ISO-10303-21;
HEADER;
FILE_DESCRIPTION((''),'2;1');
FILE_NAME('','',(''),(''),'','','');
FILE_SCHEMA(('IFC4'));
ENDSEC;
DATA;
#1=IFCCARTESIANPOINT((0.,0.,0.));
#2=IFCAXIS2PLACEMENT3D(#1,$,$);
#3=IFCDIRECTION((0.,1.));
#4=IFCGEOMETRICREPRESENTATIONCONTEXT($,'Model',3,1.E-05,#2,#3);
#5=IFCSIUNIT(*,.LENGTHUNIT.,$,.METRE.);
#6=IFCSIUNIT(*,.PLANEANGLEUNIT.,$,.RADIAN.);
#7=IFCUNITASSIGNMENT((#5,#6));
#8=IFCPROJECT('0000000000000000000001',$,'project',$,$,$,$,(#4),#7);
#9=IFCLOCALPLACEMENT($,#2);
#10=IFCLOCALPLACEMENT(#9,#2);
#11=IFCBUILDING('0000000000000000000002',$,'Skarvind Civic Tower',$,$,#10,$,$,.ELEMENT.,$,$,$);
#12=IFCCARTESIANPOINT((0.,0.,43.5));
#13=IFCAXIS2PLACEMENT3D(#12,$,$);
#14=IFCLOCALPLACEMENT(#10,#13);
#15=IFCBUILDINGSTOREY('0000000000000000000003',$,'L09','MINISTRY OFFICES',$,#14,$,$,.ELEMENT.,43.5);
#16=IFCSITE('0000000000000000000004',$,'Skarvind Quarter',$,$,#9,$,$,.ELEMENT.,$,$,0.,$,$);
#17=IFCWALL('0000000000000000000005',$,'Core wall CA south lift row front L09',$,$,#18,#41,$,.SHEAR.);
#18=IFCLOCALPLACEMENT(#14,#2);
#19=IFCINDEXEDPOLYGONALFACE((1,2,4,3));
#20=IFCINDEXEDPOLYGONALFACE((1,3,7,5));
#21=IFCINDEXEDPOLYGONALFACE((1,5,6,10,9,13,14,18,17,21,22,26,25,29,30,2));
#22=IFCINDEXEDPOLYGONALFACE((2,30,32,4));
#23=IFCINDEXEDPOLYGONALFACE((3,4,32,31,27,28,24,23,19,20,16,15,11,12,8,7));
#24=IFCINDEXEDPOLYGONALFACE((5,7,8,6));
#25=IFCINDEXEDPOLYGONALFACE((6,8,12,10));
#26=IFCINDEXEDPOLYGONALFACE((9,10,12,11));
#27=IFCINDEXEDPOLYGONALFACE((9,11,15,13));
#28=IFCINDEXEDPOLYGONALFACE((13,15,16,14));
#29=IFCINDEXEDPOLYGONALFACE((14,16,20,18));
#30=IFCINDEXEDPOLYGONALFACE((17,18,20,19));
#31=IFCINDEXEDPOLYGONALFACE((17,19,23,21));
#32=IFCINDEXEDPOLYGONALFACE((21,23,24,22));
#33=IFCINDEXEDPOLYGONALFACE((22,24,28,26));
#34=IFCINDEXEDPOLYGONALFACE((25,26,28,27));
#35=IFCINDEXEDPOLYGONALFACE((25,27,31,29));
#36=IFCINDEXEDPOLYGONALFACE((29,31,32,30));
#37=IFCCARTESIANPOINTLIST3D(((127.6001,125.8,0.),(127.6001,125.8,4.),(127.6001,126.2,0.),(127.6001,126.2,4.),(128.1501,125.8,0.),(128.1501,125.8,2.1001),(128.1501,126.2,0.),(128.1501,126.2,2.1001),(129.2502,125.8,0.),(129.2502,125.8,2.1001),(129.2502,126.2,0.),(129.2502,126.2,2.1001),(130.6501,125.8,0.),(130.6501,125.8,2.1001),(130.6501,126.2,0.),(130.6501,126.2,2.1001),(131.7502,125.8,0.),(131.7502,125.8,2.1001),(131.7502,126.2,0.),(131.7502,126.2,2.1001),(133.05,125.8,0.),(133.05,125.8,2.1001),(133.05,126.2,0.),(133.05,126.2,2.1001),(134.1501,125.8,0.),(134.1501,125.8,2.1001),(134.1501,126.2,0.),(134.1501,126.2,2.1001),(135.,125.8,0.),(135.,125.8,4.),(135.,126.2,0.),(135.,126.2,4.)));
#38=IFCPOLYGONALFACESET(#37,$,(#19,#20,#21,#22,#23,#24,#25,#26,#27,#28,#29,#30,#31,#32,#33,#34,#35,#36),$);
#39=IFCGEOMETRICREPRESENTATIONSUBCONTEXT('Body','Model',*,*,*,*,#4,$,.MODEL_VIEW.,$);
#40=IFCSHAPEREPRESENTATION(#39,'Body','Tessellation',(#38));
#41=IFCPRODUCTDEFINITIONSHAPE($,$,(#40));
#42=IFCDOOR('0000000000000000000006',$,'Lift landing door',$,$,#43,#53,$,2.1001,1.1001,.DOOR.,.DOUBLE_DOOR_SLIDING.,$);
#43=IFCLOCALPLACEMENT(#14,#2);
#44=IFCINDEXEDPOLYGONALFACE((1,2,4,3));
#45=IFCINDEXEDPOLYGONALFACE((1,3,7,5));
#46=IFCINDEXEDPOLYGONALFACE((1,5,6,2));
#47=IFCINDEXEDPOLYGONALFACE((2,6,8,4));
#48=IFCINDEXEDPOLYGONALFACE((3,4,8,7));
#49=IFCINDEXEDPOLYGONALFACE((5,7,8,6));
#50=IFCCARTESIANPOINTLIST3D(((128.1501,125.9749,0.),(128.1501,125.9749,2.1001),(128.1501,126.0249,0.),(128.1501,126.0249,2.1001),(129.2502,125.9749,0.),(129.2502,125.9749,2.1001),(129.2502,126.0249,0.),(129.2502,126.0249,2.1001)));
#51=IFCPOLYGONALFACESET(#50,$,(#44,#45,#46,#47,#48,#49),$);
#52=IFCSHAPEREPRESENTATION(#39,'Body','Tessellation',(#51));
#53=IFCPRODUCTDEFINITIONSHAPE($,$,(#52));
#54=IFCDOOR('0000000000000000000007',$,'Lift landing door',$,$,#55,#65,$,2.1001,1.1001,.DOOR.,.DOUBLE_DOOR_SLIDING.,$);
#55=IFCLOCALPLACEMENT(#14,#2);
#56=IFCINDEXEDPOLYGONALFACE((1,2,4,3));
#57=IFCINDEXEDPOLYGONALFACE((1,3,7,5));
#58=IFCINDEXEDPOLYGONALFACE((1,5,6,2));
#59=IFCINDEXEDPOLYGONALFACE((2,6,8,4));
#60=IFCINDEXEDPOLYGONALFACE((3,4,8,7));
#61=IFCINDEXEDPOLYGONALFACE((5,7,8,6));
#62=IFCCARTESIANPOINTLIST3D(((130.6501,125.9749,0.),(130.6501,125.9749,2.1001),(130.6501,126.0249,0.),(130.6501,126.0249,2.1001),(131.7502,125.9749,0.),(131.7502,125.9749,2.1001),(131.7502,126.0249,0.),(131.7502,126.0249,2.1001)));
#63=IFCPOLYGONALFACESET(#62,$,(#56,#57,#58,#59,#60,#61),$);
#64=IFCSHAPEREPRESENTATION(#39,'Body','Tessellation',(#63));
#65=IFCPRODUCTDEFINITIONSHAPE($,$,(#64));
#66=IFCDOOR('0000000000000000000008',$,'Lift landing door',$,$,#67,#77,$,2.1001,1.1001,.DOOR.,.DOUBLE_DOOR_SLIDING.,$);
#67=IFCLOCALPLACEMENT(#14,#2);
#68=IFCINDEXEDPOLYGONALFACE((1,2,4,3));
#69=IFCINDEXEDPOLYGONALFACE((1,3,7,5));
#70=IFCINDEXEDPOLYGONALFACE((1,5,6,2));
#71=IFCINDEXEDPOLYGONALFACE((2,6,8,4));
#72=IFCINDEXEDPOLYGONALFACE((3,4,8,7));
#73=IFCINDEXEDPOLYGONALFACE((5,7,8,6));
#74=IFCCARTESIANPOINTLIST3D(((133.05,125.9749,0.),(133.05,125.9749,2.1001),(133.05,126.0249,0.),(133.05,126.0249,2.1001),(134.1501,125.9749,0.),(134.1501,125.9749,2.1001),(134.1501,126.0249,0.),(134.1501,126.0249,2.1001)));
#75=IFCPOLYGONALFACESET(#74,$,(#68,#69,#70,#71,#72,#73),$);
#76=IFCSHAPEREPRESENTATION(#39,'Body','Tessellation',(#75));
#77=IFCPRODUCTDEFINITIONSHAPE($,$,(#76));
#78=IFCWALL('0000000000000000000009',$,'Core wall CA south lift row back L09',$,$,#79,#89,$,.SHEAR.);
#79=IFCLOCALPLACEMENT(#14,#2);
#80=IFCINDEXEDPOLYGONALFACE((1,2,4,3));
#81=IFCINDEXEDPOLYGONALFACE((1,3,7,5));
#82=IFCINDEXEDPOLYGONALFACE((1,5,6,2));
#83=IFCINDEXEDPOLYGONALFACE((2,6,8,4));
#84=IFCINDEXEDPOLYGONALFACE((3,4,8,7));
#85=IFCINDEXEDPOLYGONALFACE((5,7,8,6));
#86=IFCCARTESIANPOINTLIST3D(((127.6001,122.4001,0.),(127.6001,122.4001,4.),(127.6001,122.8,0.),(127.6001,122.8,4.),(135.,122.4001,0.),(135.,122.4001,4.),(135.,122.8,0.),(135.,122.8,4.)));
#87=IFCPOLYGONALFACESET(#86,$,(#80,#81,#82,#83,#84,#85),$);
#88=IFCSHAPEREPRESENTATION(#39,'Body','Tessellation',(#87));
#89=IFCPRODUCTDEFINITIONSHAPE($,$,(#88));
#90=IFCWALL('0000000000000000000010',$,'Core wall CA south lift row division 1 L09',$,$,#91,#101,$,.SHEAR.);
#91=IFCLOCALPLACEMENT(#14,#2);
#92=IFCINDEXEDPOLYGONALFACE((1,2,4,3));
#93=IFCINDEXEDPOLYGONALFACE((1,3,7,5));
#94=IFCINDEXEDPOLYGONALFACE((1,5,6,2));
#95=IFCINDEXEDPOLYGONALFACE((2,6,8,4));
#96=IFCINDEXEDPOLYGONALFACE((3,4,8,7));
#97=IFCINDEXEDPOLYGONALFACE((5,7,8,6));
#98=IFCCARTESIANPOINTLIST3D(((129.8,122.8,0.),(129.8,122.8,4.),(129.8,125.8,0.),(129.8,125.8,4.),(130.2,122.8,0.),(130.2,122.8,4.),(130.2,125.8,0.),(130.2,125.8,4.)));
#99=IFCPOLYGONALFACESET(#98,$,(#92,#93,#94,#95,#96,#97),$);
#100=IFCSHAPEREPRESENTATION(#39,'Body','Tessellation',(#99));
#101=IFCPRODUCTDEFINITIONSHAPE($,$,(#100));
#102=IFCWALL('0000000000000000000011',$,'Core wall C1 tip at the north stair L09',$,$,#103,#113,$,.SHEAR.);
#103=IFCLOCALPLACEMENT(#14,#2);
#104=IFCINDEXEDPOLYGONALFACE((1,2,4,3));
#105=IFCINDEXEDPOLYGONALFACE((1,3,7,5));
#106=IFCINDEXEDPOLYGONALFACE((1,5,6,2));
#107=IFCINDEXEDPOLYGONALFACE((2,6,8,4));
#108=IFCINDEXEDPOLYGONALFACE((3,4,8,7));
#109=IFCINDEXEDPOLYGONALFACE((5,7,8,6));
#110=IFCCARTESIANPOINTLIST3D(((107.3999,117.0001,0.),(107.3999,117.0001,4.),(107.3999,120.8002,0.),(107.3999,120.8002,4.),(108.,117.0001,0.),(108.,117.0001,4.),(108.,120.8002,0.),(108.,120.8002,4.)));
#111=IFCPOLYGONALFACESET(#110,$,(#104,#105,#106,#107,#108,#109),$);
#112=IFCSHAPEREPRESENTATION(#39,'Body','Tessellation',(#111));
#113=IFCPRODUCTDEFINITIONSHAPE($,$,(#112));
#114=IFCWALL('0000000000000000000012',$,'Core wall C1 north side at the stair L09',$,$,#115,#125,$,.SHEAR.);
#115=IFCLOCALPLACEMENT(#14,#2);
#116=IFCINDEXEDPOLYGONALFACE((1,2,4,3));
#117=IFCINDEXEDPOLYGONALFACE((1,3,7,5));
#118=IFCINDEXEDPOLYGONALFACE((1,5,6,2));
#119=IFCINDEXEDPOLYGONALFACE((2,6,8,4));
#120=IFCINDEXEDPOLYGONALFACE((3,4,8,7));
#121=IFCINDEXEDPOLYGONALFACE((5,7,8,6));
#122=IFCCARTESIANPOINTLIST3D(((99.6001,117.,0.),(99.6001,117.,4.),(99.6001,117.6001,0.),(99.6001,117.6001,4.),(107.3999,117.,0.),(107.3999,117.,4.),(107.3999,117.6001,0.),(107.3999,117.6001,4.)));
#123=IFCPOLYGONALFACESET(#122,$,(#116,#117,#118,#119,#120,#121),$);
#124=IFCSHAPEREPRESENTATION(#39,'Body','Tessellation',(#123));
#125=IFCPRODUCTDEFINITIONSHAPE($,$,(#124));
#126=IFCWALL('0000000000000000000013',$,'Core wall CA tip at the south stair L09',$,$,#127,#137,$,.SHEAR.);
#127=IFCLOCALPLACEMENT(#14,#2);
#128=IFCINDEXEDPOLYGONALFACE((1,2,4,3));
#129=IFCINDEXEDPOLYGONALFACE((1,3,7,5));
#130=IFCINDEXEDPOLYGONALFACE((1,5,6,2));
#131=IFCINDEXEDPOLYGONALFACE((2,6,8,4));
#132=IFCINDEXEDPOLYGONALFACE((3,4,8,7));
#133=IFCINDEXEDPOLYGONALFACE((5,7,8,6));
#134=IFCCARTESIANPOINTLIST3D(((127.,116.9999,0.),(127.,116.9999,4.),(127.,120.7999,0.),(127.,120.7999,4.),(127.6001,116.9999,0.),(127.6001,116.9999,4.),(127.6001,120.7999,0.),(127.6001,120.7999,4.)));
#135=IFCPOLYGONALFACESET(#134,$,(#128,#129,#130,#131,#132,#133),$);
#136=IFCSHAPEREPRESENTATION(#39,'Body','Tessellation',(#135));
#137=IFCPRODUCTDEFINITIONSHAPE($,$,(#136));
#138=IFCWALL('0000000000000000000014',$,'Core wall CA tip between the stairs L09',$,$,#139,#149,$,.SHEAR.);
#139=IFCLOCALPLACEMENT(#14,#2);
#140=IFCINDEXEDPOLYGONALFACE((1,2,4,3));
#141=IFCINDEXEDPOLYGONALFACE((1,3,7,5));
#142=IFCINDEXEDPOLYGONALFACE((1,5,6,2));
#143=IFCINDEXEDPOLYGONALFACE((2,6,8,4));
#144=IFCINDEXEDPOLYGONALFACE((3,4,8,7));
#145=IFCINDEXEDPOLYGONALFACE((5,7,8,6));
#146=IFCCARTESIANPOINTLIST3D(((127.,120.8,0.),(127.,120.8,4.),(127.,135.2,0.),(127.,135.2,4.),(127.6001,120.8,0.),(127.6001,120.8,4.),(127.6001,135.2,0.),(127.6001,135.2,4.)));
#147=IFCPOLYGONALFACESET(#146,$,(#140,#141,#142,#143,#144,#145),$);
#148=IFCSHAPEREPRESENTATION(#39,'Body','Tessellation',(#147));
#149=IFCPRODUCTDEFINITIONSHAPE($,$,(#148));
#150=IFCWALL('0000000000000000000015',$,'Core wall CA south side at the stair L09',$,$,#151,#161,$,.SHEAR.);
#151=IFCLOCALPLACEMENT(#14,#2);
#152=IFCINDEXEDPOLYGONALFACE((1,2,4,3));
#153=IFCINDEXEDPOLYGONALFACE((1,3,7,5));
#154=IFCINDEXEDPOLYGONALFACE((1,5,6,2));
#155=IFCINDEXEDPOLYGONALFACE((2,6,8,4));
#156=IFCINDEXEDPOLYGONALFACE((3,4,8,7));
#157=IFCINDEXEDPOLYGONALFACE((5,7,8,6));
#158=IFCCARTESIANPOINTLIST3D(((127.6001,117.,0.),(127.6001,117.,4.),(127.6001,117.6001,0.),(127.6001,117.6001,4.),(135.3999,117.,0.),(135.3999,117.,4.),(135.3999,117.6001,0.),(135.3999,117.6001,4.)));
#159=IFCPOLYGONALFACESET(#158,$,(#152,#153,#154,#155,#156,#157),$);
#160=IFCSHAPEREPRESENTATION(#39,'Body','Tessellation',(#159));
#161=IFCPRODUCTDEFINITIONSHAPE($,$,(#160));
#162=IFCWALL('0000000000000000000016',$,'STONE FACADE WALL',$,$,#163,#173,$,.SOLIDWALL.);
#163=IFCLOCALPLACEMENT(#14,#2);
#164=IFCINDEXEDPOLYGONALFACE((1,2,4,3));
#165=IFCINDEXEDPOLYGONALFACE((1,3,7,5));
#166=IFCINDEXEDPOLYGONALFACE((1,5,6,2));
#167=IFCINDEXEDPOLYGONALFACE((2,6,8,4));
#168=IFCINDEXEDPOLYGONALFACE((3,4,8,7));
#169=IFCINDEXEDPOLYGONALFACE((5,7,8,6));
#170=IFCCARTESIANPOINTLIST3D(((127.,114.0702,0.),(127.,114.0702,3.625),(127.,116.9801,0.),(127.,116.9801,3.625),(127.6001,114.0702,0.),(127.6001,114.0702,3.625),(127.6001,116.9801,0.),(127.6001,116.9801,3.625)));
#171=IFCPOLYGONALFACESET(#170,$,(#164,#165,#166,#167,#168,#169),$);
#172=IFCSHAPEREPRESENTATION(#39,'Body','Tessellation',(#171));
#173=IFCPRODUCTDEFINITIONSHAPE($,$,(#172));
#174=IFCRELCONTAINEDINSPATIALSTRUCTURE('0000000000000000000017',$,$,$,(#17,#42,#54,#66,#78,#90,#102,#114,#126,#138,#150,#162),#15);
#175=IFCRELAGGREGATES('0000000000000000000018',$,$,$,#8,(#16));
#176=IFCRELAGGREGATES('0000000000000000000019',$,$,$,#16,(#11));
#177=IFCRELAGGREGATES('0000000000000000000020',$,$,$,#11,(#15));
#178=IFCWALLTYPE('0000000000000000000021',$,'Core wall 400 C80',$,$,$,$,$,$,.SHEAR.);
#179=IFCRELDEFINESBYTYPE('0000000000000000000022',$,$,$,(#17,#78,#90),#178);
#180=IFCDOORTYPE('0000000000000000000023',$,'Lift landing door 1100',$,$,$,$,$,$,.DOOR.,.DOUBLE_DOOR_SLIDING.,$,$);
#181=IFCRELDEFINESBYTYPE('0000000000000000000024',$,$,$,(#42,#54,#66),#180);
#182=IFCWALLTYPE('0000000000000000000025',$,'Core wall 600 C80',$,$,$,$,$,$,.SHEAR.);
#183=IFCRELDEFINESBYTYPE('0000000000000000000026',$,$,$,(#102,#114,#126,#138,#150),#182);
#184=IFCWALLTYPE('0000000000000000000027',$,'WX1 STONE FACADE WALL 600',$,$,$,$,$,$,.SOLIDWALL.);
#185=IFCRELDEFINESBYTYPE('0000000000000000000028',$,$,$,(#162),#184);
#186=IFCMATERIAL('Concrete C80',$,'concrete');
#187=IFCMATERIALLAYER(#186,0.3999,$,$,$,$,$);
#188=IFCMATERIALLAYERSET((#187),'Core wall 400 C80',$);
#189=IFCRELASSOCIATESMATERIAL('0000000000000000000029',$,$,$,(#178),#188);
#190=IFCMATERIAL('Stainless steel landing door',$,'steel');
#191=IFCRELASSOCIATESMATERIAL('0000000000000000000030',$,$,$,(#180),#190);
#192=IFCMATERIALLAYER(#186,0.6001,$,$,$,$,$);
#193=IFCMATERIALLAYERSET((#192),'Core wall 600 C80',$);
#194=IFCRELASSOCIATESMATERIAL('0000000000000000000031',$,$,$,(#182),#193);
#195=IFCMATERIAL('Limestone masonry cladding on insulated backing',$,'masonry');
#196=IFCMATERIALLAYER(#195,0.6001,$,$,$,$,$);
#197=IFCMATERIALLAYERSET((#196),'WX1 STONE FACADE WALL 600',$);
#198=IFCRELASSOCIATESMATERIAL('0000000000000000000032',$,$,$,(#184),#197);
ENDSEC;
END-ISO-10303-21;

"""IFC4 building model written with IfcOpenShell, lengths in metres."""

from ifc_helpers import new_model, si_unit, direction, frame, frame_2d, origin, place, context, subcontext, project, spatial, rectangle, extrude, material, layer, layer_set, type_object, element, fill, save


model = new_model("IFC4")

# Units and contexts
model_context = context("Model", 3, precision=1e-05, world=origin(), true_north=direction((0.0, 1.0)))
body_context = subcontext(model_context, "Body", "Model", "MODEL_VIEW")
ifc_project = project(units=[si_unit("LENGTHUNIT", "METRE"), si_unit("PLANEANGLEUNIT", "RADIAN")], contexts=[model_context])

# Site, building, storey
site_placement = place(None, origin())
site = spatial("IfcSite", under=ifc_project, at=site_placement, Name="Skarvind Quarter", CompositionType="ELEMENT", RefElevation=0.0)
building_placement = place(site_placement, origin())
building = spatial("IfcBuilding", under=site, at=building_placement, Name="Skarvind Civic Tower", CompositionType="ELEMENT")
storey_placement = place(building_placement, frame((0.0, 0.0, 43.5)))
storey = spatial("IfcBuildingStorey", under=building, at=storey_placement, Name="L09", Description="MINISTRY OFFICES", CompositionType="ELEMENT", Elevation=43.5)

# Shared definitions
ifc_material_1 = material(Name="Concrete C80", Category="concrete")
ifc_layer_1 = layer(ifc_material_1, 0.3999)
ifc_layer_set_1 = layer_set([ifc_layer_1], Name="Core wall 400 C80")
wall_type_1 = type_object("IfcWallType", Name="Core wall 400 C80", PredefinedType="SHEAR", material=ifc_layer_set_1)

# Shared definitions
ifc_material_2 = material(Name="Stainless steel landing door", Category="steel")
door_type_1 = type_object("IfcDoorType", Name="Lift landing door 1100", OperationType="DOUBLE_DOOR_SLIDING", PredefinedType="DOOR", material=ifc_material_2)

# Wall, openings, doors
wall_1_placement = place(storey_placement, frame((127.6001, 126.0, 0.0), z_axis=(0.0, 0.0, 1.0), x_axis=(1.0, 0.0, 0.0)))
wall_1 = element("IfcWall", 1, at=wall_1_placement, inside=storey, type_object=wall_type_1, Name="Core wall CA south lift row front L09", PredefinedType="SHEAR", context=body_context, shape_type="SweptSolid", body=[
    extrude(rectangle(XDim=7.3999, YDim=0.3999, at=frame_2d((3.7, 0.0))), origin(), (0.0, 0.0, 1.0), 4.0),
])
opening_1_placement = place(wall_1_placement, frame((0.55, 0.0, 0.0)))
opening_1 = element("IfcOpeningElement", 2, at=opening_1_placement, cuts=wall_1, PredefinedType="OPENING", context=body_context, shape_type="SweptSolid", body=[
    extrude(rectangle(XDim=1.1001, YDim=2.1001, at=frame_2d((0.55, 1.05))), frame((0.0, 0.21, 0.0), z_axis=(0.0, -1.0, 0.0), x_axis=(1.0, 0.0, 0.0)), (0.0, 0.0, 1.0), 0.4199),
])
opening_2_placement = place(wall_1_placement, frame((3.05, 0.0, 0.0)))
opening_2 = element("IfcOpeningElement", 3, at=opening_2_placement, cuts=wall_1, PredefinedType="OPENING", context=body_context, shape_type="SweptSolid", body=[
    extrude(rectangle(XDim=1.1001, YDim=2.1001, at=frame_2d((0.55, 1.05))), frame((0.0, 0.21, 0.0), z_axis=(0.0, -1.0, 0.0), x_axis=(1.0, 0.0, 0.0)), (0.0, 0.0, 1.0), 0.4199),
])
opening_3_placement = place(wall_1_placement, frame((5.45, 0.0, 0.0)))
opening_3 = element("IfcOpeningElement", 4, at=opening_3_placement, cuts=wall_1, PredefinedType="OPENING", context=body_context, shape_type="SweptSolid", body=[
    extrude(rectangle(XDim=1.1001, YDim=2.1001, at=frame_2d((0.55, 1.05))), frame((0.0, 0.21, 0.0), z_axis=(0.0, -1.0, 0.0), x_axis=(1.0, 0.0, 0.0)), (0.0, 0.0, 1.0), 0.4199),
])
door_1_placement = place(opening_1_placement, origin())
door_1 = element("IfcDoor", 5, at=door_1_placement, inside=storey, type_object=door_type_1, Name="Lift landing door", OperationType="DOUBLE_DOOR_SLIDING", OverallHeight=2.1001, OverallWidth=1.1001, PredefinedType="DOOR", context=body_context, shape_type="SweptSolid", body=[
    extrude(rectangle(XDim=1.1001, YDim=2.1001, at=frame_2d((0.55, 1.05))), frame((0.0, 0.0249, 0.0), z_axis=(0.0, -1.0, 0.0), x_axis=(1.0, 0.0, 0.0)), (0.0, 0.0, 1.0), 0.05),
])
fill(opening_1, door_1)
door_2_placement = place(opening_2_placement, origin())
door_2 = element("IfcDoor", 6, at=door_2_placement, inside=storey, type_object=door_type_1, Name="Lift landing door", OperationType="DOUBLE_DOOR_SLIDING", OverallHeight=2.1001, OverallWidth=1.1001, PredefinedType="DOOR", context=body_context, shape_type="SweptSolid", body=[
    extrude(rectangle(XDim=1.1001, YDim=2.1001, at=frame_2d((0.55, 1.05))), frame((0.0, 0.0249, 0.0), z_axis=(0.0, -1.0, 0.0), x_axis=(1.0, 0.0, 0.0)), (0.0, 0.0, 1.0), 0.05),
])
fill(opening_2, door_2)
door_3_placement = place(opening_3_placement, origin())
door_3 = element("IfcDoor", 7, at=door_3_placement, inside=storey, type_object=door_type_1, Name="Lift landing door", OperationType="DOUBLE_DOOR_SLIDING", OverallHeight=2.1001, OverallWidth=1.1001, PredefinedType="DOOR", context=body_context, shape_type="SweptSolid", body=[
    extrude(rectangle(XDim=1.1001, YDim=2.1001, at=frame_2d((0.55, 1.05))), frame((0.0, 0.0249, 0.0), z_axis=(0.0, -1.0, 0.0), x_axis=(1.0, 0.0, 0.0)), (0.0, 0.0, 1.0), 0.05),
])
fill(opening_3, door_3)

# Walls
wall_2_placement = place(storey_placement, frame((127.6001, 122.6001, 0.0), z_axis=(0.0, 0.0, 1.0), x_axis=(1.0, 0.0, 0.0)))
element("IfcWall", 8, at=wall_2_placement, inside=storey, type_object=wall_type_1, Name="Core wall CA south lift row back L09", PredefinedType="SHEAR", context=body_context, shape_type="SweptSolid", body=[
    extrude(rectangle(XDim=7.3999, YDim=0.3999, at=frame_2d((3.7, 0.0))), origin(), (0.0, 0.0, 1.0), 4.0),
])
wall_3_placement = place(storey_placement, frame((130.0, 122.8, 0.0), z_axis=(0.0, 0.0, 1.0), x_axis=(0.0, 1.0, 0.0)))
element("IfcWall", 9, at=wall_3_placement, inside=storey, type_object=wall_type_1, Name="Core wall CA south lift row division 1 L09", PredefinedType="SHEAR", context=body_context, shape_type="SweptSolid", body=[
    extrude(rectangle(XDim=3.0, YDim=0.3999, at=frame_2d((1.5, 0.0))), origin(), (0.0, 0.0, 1.0), 4.0),
])
ifc_layer_2 = layer(ifc_material_1, 0.6001)
ifc_layer_set_2 = layer_set([ifc_layer_2], Name="Core wall 600 C80")
wall_type_2 = type_object("IfcWallType", Name="Core wall 600 C80", PredefinedType="SHEAR", material=ifc_layer_set_2)
wall_4_placement = place(storey_placement, frame((107.7, 120.8, 0.0), z_axis=(0.0, 0.0, 1.0), x_axis=(0.0, -1.0, 0.0)))
element("IfcWall", 10, at=wall_4_placement, inside=storey, type_object=wall_type_2, Name="Core wall C1 tip at the north stair L09", PredefinedType="SHEAR", context=body_context, shape_type="SweptSolid", body=[
    extrude(rectangle(XDim=3.8, YDim=0.6001, at=frame_2d((1.8999, 0.0))), origin(), (0.0, 0.0, 1.0), 4.0),
])
wall_5_placement = place(storey_placement, frame((107.3999, 117.3, 0.0), z_axis=(0.0, 0.0, 1.0), x_axis=(-1.0, 0.0, 0.0)))
element("IfcWall", 11, at=wall_5_placement, inside=storey, type_object=wall_type_2, Name="Core wall C1 north side at the stair L09", PredefinedType="SHEAR", context=body_context, shape_type="SweptSolid", body=[
    extrude(rectangle(XDim=7.7998, YDim=0.6001, at=frame_2d((3.8999, 0.0))), origin(), (0.0, 0.0, 1.0), 4.0),
])
wall_6_placement = place(storey_placement, frame((127.3, 117.0, 0.0), z_axis=(0.0, 0.0, 1.0), x_axis=(0.0, 1.0, 0.0)))
element("IfcWall", 12, at=wall_6_placement, inside=storey, type_object=wall_type_2, Name="Core wall CA tip at the south stair L09", PredefinedType="SHEAR", context=body_context, shape_type="SweptSolid", body=[
    extrude(rectangle(XDim=3.8, YDim=0.6001, at=frame_2d((1.8999, 0.0))), origin(), (0.0, 0.0, 1.0), 4.0),
])
wall_7_placement = place(storey_placement, frame((127.3, 120.8, 0.0), z_axis=(0.0, 0.0, 1.0), x_axis=(0.0, 1.0, 0.0)))
element("IfcWall", 13, at=wall_7_placement, inside=storey, type_object=wall_type_2, Name="Core wall CA tip between the stairs L09", PredefinedType="SHEAR", context=body_context, shape_type="SweptSolid", body=[
    extrude(rectangle(XDim=14.3999, YDim=0.6001, at=frame_2d((7.2, 0.0))), origin(), (0.0, 0.0, 1.0), 4.0),
])
wall_8_placement = place(storey_placement, frame((127.6001, 117.3, 0.0), z_axis=(0.0, 0.0, 1.0), x_axis=(1.0, 0.0, 0.0)))
element("IfcWall", 14, at=wall_8_placement, inside=storey, type_object=wall_type_2, Name="Core wall CA south side at the stair L09", PredefinedType="SHEAR", context=body_context, shape_type="SweptSolid", body=[
    extrude(rectangle(XDim=7.7998, YDim=0.6001, at=frame_2d((3.8999, 0.0))), origin(), (0.0, 0.0, 1.0), 4.0),
])
ifc_material_3 = material(Name="Limestone masonry cladding on insulated backing", Category="masonry")
ifc_layer_3 = layer(ifc_material_3, 0.6001)
ifc_layer_set_3 = layer_set([ifc_layer_3], Name="WX1 STONE FACADE WALL 600")
wall_type_3 = type_object("IfcWallType", Name="WX1 STONE FACADE WALL 600", PredefinedType="SOLIDWALL", material=ifc_layer_set_3)
wall_9_placement = place(storey_placement, frame((127.3, 114.0701, 0.0), z_axis=(0.0, 0.0, 1.0), x_axis=(0.0, 1.0, 0.0)))
element("IfcWall", 15, at=wall_9_placement, inside=storey, type_object=wall_type_3, Name="STONE FACADE WALL", PredefinedType="SOLIDWALL", context=body_context, shape_type="SweptSolid", body=[
    extrude(rectangle(XDim=2.9099, YDim=0.6001, at=frame_2d((1.4551, 0.0))), origin(), (0.0, 0.0, 1.0), 3.625),
])

save(model, "model.ifc")
